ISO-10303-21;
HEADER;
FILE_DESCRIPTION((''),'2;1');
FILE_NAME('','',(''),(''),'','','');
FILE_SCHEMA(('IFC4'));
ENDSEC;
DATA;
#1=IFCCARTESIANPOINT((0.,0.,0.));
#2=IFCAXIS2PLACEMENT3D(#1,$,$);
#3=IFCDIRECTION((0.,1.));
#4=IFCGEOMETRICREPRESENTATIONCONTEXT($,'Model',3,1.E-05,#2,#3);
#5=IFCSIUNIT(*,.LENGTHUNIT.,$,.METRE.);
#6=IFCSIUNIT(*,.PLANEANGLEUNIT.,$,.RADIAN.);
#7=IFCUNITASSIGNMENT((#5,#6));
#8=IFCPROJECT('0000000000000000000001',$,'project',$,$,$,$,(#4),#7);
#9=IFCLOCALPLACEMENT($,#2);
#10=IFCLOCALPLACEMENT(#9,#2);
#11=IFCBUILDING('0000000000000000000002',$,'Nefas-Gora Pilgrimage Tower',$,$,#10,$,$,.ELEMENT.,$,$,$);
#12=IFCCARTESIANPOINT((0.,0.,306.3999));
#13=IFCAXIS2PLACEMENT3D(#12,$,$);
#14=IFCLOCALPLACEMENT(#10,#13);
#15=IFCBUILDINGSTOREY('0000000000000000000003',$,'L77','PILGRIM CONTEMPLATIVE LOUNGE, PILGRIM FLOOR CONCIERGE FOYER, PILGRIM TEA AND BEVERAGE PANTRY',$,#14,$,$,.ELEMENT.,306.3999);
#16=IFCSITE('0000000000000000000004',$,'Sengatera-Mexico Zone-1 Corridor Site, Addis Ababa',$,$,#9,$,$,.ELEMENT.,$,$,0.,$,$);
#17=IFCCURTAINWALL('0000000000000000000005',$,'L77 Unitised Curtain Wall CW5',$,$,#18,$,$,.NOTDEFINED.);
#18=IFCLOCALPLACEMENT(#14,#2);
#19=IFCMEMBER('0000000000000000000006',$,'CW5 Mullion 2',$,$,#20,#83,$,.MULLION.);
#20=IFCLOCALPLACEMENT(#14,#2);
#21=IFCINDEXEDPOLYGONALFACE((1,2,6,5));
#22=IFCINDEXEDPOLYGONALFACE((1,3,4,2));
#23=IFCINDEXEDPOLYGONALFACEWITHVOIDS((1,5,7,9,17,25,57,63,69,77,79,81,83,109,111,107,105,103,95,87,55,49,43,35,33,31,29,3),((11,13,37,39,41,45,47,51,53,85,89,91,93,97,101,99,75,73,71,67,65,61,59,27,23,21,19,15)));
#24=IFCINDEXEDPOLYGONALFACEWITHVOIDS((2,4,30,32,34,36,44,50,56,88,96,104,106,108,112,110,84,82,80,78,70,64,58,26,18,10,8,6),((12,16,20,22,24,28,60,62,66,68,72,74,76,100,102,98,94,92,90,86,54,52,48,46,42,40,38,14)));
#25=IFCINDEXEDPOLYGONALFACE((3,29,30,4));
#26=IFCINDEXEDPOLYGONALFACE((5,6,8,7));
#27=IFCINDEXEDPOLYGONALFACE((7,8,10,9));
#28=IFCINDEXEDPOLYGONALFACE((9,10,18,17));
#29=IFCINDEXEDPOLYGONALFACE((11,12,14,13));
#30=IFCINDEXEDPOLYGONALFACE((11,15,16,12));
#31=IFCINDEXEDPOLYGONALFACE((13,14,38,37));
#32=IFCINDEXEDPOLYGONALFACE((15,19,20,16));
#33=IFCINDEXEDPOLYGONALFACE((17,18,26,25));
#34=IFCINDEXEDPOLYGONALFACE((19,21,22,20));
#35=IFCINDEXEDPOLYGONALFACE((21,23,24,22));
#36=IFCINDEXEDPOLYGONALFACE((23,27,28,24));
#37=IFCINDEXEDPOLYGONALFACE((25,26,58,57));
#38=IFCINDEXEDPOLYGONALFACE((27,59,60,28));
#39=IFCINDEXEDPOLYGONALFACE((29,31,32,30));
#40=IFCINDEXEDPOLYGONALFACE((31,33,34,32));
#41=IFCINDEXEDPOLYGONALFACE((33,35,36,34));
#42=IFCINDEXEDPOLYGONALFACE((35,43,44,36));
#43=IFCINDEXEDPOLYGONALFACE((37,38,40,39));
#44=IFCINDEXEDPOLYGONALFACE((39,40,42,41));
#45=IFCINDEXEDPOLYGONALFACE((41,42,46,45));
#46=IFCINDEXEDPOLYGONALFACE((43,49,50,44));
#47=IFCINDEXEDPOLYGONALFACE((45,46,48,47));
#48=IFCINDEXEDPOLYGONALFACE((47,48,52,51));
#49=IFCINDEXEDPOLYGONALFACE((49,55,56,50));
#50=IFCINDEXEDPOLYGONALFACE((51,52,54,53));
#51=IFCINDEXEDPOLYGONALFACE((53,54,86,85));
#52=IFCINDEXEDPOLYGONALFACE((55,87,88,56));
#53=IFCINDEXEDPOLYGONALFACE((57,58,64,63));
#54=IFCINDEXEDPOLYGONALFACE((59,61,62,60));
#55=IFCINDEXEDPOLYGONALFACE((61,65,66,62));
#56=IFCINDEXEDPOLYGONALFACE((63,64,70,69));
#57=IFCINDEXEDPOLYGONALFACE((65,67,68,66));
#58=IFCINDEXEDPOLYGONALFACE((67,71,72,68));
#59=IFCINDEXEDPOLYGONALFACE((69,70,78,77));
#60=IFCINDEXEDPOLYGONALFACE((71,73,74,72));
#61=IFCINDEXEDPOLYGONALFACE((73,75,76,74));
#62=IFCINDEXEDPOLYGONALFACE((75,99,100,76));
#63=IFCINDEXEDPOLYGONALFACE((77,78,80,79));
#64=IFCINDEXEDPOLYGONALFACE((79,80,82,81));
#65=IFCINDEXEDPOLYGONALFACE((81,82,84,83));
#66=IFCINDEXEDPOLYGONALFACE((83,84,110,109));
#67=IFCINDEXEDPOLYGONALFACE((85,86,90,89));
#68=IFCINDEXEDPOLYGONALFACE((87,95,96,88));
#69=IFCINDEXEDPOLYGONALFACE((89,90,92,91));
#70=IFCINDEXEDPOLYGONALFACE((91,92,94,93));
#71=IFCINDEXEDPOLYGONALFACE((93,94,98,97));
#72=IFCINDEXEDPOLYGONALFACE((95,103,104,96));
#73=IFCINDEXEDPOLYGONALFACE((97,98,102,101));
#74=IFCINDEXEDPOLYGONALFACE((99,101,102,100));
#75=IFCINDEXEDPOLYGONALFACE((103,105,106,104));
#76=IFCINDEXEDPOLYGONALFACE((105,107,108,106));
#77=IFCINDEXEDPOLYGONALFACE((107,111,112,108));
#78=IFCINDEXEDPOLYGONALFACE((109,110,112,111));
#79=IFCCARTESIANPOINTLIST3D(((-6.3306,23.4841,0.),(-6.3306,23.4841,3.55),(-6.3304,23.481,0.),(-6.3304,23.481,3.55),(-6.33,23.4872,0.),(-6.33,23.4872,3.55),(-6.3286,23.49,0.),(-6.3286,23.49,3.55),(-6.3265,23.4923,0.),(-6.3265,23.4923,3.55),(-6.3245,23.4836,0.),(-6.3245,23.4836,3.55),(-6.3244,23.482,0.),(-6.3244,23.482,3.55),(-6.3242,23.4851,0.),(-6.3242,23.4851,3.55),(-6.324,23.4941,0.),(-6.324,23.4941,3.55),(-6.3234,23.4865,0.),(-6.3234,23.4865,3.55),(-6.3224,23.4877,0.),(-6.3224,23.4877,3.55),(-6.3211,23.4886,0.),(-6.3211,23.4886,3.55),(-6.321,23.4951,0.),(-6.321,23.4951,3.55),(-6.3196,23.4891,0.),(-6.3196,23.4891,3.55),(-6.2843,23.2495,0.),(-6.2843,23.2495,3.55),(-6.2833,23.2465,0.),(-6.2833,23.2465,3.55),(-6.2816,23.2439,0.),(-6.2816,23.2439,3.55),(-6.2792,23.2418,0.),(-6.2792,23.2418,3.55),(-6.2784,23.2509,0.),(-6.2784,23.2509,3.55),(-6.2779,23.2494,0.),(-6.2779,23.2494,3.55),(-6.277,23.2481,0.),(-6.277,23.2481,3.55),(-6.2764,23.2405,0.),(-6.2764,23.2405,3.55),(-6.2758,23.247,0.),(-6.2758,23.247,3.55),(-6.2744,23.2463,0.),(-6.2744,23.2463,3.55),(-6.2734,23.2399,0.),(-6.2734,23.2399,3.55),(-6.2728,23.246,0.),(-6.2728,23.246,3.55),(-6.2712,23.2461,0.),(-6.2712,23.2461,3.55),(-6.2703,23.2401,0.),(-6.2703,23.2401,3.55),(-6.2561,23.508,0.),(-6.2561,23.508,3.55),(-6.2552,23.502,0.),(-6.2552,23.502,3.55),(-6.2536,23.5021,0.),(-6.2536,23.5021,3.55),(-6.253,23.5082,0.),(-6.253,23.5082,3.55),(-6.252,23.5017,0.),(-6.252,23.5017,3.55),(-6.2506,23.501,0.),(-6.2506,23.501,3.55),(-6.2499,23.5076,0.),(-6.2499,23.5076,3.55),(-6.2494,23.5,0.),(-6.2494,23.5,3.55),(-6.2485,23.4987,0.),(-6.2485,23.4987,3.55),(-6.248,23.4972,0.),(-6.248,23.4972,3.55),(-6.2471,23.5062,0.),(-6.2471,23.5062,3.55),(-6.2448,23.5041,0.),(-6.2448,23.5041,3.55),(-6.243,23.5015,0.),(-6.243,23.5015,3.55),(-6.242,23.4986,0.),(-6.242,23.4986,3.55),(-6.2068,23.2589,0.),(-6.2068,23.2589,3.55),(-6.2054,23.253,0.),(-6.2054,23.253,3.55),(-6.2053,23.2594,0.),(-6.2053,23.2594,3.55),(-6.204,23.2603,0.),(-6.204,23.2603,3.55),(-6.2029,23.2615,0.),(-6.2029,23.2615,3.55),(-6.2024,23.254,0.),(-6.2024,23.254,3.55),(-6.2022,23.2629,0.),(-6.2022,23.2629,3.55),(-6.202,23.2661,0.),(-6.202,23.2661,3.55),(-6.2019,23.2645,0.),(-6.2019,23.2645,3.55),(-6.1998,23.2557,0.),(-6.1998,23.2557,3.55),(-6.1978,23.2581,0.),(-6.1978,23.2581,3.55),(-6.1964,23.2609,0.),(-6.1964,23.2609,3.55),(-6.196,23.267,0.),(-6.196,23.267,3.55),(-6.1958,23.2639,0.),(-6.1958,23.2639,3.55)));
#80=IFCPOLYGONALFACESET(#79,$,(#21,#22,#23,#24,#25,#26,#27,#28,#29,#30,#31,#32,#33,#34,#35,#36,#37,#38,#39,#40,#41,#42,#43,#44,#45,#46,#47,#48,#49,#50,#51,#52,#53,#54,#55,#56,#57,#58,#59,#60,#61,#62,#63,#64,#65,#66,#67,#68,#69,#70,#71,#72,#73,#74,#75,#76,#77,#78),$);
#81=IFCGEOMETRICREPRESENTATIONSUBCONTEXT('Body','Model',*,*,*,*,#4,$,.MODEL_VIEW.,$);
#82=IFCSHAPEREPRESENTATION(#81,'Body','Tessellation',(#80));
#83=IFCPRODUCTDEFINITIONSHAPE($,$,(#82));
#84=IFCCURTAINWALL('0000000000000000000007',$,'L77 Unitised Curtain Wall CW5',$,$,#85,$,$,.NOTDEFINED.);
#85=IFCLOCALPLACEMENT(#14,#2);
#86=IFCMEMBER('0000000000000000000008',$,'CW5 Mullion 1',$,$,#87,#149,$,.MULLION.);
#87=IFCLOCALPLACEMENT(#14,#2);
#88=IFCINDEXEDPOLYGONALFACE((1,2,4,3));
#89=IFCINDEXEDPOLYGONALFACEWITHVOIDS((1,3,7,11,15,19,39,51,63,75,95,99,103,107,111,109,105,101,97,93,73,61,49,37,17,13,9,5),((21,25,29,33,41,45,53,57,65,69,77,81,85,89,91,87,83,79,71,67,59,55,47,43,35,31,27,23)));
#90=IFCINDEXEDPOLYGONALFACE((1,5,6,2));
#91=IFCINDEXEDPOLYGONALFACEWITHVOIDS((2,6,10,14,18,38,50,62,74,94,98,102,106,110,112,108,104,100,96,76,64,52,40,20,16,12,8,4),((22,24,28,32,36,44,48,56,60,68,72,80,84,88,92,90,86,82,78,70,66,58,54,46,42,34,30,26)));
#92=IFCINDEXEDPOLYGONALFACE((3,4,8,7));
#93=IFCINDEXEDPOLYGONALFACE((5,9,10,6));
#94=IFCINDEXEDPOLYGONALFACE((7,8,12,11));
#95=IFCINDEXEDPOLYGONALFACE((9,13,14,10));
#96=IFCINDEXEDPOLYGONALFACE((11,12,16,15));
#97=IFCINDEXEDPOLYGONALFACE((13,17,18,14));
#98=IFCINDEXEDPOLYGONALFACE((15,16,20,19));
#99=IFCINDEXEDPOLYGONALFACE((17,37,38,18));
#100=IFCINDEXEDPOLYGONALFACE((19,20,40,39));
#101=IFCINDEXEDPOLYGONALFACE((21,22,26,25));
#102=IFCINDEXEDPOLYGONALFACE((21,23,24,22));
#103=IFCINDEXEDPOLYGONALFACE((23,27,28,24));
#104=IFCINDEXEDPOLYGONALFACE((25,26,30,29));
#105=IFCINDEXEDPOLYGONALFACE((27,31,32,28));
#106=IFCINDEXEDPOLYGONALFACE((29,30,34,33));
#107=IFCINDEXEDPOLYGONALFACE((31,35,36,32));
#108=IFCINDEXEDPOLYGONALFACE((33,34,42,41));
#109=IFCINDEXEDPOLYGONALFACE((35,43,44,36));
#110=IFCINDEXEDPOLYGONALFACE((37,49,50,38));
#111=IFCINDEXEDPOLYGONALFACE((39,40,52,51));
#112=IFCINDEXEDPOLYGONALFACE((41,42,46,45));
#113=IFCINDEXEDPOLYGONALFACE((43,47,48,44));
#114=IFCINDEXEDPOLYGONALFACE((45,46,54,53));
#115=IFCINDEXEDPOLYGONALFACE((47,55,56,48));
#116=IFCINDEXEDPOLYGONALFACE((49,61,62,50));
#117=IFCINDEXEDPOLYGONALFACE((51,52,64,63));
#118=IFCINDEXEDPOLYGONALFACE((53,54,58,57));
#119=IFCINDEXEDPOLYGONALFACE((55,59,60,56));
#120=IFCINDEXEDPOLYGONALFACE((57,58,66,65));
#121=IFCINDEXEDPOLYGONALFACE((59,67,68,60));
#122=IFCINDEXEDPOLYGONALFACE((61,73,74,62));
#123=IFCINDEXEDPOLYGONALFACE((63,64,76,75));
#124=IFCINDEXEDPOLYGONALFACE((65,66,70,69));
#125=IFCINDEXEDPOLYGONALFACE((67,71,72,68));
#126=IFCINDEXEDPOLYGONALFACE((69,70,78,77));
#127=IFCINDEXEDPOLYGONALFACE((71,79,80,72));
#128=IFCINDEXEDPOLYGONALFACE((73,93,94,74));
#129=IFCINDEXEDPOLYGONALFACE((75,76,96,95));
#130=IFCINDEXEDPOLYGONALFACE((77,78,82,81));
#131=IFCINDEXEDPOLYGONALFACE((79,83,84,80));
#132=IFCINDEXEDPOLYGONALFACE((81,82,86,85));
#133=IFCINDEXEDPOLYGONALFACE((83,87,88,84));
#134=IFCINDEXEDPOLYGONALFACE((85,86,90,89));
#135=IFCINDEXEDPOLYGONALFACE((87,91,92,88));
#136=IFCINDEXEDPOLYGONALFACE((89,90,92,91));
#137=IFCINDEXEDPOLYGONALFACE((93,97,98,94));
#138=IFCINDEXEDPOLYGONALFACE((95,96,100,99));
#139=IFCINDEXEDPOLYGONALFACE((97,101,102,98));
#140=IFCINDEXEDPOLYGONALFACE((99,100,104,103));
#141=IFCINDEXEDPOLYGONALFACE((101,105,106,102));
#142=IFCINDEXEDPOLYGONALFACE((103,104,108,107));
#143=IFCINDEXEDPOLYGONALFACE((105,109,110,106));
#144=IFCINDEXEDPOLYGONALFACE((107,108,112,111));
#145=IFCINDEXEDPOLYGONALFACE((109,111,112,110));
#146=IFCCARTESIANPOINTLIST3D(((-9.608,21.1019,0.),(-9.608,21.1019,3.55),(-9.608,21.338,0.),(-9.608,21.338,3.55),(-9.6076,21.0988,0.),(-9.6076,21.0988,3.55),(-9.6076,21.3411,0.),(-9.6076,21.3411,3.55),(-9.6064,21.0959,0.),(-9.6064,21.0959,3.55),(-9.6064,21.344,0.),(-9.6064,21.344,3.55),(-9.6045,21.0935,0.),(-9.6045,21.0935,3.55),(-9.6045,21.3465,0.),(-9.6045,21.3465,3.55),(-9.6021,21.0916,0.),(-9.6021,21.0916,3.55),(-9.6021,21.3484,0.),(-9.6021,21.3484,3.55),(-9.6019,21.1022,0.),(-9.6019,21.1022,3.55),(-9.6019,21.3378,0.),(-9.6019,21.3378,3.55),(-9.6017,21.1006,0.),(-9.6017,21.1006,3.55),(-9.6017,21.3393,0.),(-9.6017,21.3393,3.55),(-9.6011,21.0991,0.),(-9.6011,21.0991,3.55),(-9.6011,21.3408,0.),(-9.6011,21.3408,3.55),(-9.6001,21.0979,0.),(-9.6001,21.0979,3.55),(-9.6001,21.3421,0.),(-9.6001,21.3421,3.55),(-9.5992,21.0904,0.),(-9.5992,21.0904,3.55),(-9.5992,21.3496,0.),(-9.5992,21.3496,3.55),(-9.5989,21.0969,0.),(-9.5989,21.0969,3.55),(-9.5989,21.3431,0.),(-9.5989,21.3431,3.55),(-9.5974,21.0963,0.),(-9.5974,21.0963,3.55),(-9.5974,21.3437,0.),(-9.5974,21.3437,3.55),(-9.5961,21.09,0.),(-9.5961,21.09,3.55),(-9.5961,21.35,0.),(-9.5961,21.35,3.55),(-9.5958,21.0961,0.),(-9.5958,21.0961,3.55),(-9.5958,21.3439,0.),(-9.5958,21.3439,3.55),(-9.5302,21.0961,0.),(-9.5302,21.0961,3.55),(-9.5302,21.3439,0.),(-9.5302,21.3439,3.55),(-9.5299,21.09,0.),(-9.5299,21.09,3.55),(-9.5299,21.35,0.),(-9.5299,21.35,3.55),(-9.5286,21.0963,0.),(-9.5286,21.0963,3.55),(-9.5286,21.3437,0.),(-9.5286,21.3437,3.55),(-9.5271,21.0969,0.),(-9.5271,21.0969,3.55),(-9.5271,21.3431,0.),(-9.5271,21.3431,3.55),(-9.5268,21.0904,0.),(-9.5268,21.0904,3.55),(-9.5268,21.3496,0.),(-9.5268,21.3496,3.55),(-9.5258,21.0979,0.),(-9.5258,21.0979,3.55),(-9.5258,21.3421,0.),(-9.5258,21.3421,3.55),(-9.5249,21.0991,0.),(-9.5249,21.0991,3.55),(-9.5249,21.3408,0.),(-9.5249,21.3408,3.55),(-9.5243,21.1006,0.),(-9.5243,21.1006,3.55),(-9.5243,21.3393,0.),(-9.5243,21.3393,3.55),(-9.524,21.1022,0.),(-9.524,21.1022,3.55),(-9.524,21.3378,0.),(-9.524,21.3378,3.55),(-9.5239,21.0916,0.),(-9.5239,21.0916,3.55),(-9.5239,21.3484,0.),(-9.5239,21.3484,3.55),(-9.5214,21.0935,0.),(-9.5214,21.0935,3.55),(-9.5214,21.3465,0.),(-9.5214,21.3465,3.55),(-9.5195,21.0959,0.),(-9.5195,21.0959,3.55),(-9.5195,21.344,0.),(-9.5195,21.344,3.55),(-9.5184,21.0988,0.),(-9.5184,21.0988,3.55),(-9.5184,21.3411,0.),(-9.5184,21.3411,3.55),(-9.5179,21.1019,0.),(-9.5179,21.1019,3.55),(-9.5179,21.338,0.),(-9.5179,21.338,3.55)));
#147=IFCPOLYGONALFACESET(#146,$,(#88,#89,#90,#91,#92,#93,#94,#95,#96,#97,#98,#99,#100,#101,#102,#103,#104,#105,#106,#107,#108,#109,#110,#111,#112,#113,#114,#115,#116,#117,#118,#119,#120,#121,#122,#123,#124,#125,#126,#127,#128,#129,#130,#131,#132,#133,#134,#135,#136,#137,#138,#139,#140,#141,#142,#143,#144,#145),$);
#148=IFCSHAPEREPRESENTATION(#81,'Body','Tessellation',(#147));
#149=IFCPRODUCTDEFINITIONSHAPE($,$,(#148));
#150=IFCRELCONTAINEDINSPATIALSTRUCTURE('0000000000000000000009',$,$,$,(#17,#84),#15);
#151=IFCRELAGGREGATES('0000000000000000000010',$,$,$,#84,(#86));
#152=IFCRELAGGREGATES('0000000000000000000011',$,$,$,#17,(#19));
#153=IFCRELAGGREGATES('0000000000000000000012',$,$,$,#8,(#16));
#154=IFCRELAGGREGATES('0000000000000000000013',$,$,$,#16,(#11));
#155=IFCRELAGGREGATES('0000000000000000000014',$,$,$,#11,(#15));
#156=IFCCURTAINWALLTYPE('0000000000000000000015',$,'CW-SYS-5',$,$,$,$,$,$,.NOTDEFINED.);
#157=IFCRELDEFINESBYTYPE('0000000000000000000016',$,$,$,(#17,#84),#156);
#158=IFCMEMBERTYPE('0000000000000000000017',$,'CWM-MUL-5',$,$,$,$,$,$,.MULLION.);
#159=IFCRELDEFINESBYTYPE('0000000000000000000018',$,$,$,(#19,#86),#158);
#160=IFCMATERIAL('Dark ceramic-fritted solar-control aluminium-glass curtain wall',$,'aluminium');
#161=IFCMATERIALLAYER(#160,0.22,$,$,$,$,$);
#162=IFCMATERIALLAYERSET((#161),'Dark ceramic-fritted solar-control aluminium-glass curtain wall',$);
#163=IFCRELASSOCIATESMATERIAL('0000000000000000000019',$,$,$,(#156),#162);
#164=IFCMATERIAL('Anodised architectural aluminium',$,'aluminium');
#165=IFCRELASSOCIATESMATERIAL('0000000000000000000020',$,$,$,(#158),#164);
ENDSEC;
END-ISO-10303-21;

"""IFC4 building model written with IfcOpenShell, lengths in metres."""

from ifc_helpers import new_model, si_unit, direction, frame, origin, origin_2d, place, context, subcontext, project, spatial, hollow_rectangle, extrude, source, transform, mapped, material, layer, layer_set, material_profile, profile_set, type_object, element, aggregate, save


model = new_model("IFC4")

# Units and contexts
model_context = context("Model", 3, precision=1e-05, world=origin(), true_north=direction((0.0, 1.0)))
body_context = subcontext(model_context, "Body", "Model", "MODEL_VIEW")
ifc_project = project(units=[si_unit("LENGTHUNIT", "METRE"), si_unit("PLANEANGLEUNIT", "RADIAN")], contexts=[model_context])

# Site, building, storey
site_placement = place(None, origin())
site = spatial("IfcSite", under=ifc_project, at=site_placement, Name="Sengatera-Mexico Zone-1 Corridor Site, Addis Ababa", CompositionType="ELEMENT", RefElevation=0.0)
building_placement = place(site_placement, origin())
building = spatial("IfcBuilding", under=site, at=building_placement, Name="Nefas-Gora Pilgrimage Tower", CompositionType="ELEMENT")
storey_placement = place(building_placement, frame((0.0, 0.0, 306.3999)))
storey = spatial("IfcBuildingStorey", under=building, at=storey_placement, Name="L77", Description="PILGRIM CONTEMPLATIVE LOUNGE, PILGRIM FLOOR CONCIERGE FOYER, PILGRIM TEA AND BEVERAGE PANTRY", CompositionType="ELEMENT", Elevation=306.3999)

# Curtain wall, member
ifc_material_1 = material(Name="Dark ceramic-fritted solar-control aluminium-glass curtain wall", Category="aluminium")
ifc_layer_1 = layer(ifc_material_1, 0.22)
ifc_layer_set_1 = layer_set([ifc_layer_1], Name="Dark ceramic-fritted solar-control aluminium-glass curtain wall")
curtain_wall_type = type_object("IfcCurtainWallType", Name="CW-SYS-5", PredefinedType="NOTDEFINED", material=ifc_layer_set_1)
curtain_wall_1_placement = place(storey_placement, origin())
curtain_wall_1 = element("IfcCurtainWall", 1, at=curtain_wall_1_placement, inside=storey, type_object=curtain_wall_type, Name="L77 Unitised Curtain Wall CW5", PredefinedType="NOTDEFINED")
ifc_material_2 = material(Name="Anodised architectural aluminium", Category="aluminium")
ifc_material_profile_1 = material_profile(ifc_material_2, hollow_rectangle(XDim=0.0901, YDim=0.26, WallThickness=0.0061, InnerFilletRadius=0.0061, OuterFilletRadius=0.012, at=origin_2d()), Name="ALU MULLION 90x260")
ifc_profile_set_1 = profile_set([ifc_material_profile_1], Name="Anodised architectural aluminium")
member_type_1 = type_object("IfcMemberType", Name="CWM-MUL-5", PredefinedType="MULLION", material=ifc_profile_set_1)
shared_shape_1 = source(origin(), body_context, "Body", "SweptSolid", [
    extrude(hollow_rectangle(XDim=0.0901, YDim=0.26, WallThickness=0.0061, InnerFilletRadius=0.0061, OuterFilletRadius=0.012, at=origin_2d()), origin(), (0.0, 0.0, 1.0), 3.55),
])
member_1_placement = place(storey_placement, frame((-6.2632, 23.374, 0.0), z_axis=(0.0, 0.0, 1.0), x_axis=(-0.980783, -0.195102, 0.0)))
member_1 = element("IfcMember", 2, at=member_1_placement, type_object=member_type_1, Name="CW5 Mullion 2", PredefinedType="MULLION", context=body_context, shape_type="MappedRepresentation", body=[
    mapped(shared_shape_1, transform((0.0, 0.0, 0.0), x_axis=(1.0, 0.0, 0.0), y_axis=(0.0, 1.0, 0.0), z_axis=(0.0, 0.0, 1.0), scale=1.0)),
])

# Curtain wall, member
curtain_wall_2_placement = place(storey_placement, origin())
curtain_wall_2 = element("IfcCurtainWall", 3, at=curtain_wall_2_placement, inside=storey, type_object=curtain_wall_type, Name="L77 Unitised Curtain Wall CW5", PredefinedType="NOTDEFINED")
member_2_placement = place(storey_placement, frame((-9.563, 21.22, 0.0), z_axis=(0.0, 0.0, 1.0), x_axis=(-1.0, 0.0, 0.0)))
member_2 = element("IfcMember", 4, at=member_2_placement, type_object=member_type_1, Name="CW5 Mullion 1", PredefinedType="MULLION", context=body_context, shape_type="MappedRepresentation", body=[
    mapped(shared_shape_1, transform((0.0, 0.0, 0.0), x_axis=(1.0, 0.0, 0.0), y_axis=(0.0, 1.0, 0.0), z_axis=(0.0, 0.0, 1.0), scale=1.0)),
])
aggregate(curtain_wall_2, [member_2])

aggregate(curtain_wall_1, [member_1])

save(model, "model.ifc")
